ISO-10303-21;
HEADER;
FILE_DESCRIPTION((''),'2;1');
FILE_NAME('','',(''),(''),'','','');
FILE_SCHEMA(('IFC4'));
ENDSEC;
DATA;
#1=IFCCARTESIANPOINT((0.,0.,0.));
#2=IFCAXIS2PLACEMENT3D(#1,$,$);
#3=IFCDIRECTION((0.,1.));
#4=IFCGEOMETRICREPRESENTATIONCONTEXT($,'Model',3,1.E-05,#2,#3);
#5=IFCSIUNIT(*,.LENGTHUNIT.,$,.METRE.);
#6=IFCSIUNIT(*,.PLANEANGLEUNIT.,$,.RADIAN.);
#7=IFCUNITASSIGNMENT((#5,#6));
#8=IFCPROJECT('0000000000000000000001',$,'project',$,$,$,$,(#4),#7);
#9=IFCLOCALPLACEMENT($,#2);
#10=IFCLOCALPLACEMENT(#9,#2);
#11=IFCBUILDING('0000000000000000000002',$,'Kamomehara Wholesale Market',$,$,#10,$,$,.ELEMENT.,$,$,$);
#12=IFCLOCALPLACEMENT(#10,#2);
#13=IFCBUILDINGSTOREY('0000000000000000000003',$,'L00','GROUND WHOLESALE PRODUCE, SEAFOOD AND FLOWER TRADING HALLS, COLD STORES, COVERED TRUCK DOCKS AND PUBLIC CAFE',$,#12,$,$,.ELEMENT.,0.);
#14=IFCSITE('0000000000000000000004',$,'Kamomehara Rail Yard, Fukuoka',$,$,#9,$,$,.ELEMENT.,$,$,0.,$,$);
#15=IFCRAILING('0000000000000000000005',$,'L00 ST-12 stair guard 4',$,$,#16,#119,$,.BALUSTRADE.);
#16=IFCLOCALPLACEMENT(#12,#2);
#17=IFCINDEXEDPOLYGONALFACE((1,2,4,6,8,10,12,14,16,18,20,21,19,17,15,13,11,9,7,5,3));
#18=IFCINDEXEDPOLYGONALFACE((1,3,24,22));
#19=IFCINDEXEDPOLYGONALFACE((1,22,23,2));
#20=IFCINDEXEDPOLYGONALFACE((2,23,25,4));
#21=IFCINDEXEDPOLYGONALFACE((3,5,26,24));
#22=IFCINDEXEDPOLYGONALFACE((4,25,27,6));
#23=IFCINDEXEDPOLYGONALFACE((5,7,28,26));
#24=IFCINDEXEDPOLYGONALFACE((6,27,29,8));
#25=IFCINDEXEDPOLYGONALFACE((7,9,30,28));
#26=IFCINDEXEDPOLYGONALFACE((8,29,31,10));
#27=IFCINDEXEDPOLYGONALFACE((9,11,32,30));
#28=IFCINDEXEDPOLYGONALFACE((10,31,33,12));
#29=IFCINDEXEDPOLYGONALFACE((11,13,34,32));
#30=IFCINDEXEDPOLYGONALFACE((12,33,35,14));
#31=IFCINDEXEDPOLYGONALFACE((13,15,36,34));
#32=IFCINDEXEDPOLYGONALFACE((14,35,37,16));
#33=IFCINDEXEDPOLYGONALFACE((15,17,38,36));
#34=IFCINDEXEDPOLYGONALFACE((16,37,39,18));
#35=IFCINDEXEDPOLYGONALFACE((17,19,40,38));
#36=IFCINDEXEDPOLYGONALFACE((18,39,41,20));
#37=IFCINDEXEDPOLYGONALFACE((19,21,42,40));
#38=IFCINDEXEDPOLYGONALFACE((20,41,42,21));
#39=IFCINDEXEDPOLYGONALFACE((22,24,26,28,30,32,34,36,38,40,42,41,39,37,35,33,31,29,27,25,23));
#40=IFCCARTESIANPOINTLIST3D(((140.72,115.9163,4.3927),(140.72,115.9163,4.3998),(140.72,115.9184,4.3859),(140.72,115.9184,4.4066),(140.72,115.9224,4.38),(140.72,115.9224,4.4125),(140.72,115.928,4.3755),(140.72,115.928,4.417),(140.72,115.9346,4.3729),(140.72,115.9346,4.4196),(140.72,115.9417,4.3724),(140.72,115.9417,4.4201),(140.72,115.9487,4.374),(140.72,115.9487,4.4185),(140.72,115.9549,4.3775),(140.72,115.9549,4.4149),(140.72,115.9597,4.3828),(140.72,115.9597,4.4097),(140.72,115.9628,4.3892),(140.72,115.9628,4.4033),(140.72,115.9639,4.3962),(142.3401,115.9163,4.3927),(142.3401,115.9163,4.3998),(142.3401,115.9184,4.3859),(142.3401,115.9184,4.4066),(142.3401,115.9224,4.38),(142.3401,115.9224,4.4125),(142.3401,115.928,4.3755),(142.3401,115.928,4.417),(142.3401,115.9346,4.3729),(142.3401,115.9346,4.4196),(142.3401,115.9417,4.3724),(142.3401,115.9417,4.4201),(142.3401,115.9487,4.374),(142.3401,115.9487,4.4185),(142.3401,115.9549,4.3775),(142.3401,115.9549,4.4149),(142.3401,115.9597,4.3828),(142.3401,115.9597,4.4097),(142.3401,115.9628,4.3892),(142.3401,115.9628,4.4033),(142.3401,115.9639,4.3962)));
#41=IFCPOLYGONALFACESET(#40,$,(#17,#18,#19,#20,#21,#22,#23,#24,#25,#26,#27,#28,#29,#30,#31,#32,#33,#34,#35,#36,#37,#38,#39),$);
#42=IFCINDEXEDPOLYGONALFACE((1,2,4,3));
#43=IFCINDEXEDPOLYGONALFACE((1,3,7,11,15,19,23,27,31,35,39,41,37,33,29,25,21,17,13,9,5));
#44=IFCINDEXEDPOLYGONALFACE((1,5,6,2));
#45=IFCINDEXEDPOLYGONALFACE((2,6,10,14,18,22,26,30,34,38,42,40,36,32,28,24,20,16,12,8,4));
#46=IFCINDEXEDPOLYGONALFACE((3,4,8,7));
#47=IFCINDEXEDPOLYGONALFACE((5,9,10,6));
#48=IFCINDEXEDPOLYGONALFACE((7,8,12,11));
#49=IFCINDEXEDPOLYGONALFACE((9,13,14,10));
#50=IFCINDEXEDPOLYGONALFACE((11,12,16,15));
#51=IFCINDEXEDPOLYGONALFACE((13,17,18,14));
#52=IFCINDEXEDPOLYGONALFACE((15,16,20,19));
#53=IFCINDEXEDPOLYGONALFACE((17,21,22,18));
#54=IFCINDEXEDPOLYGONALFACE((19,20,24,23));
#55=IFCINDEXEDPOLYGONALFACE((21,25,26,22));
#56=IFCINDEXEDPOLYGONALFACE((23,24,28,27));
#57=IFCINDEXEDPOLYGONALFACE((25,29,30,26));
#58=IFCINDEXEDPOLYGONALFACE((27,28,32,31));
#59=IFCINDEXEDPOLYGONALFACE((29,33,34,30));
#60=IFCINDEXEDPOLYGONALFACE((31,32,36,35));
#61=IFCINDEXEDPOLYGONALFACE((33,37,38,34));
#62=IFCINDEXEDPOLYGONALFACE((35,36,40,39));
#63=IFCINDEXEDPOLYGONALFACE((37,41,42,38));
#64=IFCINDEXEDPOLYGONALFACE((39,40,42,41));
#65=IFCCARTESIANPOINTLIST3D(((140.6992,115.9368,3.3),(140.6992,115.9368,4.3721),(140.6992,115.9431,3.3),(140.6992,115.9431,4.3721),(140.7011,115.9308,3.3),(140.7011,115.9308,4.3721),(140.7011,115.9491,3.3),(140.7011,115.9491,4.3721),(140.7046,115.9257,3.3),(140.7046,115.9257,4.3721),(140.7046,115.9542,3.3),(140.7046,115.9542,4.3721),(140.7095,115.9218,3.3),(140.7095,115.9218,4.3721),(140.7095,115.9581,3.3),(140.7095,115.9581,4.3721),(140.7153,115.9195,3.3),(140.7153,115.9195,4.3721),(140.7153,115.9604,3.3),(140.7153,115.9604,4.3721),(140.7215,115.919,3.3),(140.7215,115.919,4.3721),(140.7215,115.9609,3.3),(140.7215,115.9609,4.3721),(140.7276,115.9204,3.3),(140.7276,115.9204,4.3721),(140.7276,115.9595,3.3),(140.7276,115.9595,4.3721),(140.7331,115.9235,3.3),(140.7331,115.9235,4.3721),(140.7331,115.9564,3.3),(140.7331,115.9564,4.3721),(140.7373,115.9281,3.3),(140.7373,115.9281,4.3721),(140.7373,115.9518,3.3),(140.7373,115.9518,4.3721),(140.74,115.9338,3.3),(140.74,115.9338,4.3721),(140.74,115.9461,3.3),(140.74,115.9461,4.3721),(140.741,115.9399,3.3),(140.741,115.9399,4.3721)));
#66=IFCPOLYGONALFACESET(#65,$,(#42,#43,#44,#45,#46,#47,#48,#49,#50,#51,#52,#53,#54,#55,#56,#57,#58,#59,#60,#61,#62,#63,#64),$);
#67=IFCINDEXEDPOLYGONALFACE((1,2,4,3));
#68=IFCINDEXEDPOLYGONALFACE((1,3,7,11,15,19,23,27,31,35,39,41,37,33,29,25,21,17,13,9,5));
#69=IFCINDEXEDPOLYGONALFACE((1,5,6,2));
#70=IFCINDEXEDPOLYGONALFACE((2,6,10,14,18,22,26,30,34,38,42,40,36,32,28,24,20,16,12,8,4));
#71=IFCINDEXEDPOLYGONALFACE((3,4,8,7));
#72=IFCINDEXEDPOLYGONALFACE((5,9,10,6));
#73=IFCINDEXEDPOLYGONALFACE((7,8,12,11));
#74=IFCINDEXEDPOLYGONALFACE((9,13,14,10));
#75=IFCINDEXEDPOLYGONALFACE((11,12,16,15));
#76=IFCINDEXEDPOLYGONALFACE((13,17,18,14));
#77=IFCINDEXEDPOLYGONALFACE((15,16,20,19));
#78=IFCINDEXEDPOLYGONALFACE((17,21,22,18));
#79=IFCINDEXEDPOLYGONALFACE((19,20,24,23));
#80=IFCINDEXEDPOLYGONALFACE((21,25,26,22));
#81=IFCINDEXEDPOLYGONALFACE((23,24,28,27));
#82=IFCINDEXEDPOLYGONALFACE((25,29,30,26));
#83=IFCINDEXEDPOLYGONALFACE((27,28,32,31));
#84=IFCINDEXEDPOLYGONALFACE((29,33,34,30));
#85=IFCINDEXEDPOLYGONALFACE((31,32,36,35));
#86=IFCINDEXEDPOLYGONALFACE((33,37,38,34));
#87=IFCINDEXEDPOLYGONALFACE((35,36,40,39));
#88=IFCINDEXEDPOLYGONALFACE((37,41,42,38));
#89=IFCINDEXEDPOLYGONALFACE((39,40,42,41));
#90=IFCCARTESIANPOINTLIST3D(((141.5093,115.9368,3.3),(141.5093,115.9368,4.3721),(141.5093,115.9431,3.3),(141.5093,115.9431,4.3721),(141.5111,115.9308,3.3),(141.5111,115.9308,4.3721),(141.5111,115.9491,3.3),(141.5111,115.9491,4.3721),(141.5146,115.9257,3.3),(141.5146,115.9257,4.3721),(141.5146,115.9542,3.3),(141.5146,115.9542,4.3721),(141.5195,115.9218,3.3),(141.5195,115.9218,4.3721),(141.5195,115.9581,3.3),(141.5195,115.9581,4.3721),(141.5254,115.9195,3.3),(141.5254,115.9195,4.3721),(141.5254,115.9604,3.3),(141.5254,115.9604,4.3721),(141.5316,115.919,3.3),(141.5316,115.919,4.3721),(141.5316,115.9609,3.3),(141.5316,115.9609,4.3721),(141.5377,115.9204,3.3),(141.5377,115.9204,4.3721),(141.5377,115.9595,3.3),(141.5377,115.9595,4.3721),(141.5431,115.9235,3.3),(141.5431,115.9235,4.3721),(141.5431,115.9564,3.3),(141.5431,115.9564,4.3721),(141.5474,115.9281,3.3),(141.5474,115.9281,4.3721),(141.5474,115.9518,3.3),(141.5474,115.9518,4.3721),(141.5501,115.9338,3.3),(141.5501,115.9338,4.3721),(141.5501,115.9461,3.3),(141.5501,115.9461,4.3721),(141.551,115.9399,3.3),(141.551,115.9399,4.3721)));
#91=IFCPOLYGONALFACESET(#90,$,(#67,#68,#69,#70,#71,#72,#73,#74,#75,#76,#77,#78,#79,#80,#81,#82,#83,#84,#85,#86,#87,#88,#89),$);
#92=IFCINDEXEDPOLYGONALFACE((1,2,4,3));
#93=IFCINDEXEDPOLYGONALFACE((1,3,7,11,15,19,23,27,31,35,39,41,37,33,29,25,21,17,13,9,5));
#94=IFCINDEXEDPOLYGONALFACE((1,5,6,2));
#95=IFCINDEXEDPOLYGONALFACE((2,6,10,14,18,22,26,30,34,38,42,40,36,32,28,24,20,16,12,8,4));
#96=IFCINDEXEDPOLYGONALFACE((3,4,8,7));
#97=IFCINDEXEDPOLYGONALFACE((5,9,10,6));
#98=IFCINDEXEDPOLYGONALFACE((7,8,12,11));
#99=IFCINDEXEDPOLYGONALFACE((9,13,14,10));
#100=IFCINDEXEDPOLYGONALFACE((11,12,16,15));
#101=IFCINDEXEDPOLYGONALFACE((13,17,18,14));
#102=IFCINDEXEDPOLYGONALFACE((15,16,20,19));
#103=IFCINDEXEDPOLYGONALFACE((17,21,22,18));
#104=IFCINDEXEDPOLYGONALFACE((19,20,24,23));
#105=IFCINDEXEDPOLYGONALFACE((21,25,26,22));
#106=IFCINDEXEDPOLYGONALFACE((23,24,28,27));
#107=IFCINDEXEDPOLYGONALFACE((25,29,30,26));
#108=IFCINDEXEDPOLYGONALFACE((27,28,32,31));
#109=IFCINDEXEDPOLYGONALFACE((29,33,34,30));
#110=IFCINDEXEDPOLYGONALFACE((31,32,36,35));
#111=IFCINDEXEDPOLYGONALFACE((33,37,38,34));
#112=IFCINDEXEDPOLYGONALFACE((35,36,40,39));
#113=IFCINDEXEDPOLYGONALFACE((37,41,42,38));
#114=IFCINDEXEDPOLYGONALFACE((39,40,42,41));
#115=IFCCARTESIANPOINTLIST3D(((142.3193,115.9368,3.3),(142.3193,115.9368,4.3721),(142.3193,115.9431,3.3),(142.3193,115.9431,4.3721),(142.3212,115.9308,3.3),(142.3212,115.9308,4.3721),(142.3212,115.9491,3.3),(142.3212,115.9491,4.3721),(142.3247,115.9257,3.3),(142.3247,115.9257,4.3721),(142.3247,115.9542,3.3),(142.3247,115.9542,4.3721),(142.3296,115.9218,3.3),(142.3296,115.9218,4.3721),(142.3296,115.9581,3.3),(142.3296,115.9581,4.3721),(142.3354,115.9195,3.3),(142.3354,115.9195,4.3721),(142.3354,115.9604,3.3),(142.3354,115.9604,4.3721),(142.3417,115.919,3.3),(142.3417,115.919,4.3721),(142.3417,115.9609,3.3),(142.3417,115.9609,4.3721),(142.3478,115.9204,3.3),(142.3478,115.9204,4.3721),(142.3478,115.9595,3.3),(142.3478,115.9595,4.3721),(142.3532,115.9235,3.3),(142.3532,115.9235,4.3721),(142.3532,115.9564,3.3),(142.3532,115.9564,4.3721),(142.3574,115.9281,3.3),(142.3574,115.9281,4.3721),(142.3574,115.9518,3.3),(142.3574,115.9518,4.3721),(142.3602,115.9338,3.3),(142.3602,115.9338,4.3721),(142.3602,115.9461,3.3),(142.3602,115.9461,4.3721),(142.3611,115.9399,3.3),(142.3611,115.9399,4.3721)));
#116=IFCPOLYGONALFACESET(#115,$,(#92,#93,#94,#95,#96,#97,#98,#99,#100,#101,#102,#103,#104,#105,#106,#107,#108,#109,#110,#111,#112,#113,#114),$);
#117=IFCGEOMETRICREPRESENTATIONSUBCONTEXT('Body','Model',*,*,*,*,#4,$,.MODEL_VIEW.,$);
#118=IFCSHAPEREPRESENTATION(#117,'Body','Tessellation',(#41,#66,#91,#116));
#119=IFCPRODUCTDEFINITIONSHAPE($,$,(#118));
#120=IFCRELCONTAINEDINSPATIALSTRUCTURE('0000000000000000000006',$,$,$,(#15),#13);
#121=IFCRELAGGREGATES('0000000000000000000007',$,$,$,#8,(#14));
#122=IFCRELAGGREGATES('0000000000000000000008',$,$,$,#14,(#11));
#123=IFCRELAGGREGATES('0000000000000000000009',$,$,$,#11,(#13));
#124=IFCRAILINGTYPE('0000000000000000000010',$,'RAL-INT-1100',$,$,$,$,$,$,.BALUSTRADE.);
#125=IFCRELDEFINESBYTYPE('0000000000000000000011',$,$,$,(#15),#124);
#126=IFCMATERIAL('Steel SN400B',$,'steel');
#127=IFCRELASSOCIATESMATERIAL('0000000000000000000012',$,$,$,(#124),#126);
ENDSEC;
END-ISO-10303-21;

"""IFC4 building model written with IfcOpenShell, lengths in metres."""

from ifc_helpers import new_model, si_unit, direction, frame, origin, origin_2d, place, context, subcontext, project, spatial, circle, extrude, material, type_object, element, save


model = new_model("IFC4")

# Units and contexts
model_context = context("Model", 3, precision=1e-05, world=origin(), true_north=direction((0.0, 1.0)))
body_context = subcontext(model_context, "Body", "Model", "MODEL_VIEW")
ifc_project = project(units=[si_unit("LENGTHUNIT", "METRE"), si_unit("PLANEANGLEUNIT", "RADIAN")], contexts=[model_context])

# Site, building, storey
site_placement = place(None, origin())
site = spatial("IfcSite", under=ifc_project, at=site_placement, Name="Kamomehara Rail Yard, Fukuoka", CompositionType="ELEMENT", RefElevation=0.0)
building_placement = place(site_placement, origin())
building = spatial("IfcBuilding", under=site, at=building_placement, Name="Kamomehara Wholesale Market", CompositionType="ELEMENT")
storey_placement = place(building_placement, origin())
storey = spatial("IfcBuildingStorey", under=building, at=storey_placement, Name="L00", Description="GROUND WHOLESALE PRODUCE, SEAFOOD AND FLOWER TRADING HALLS, COLD STORES, COVERED TRUCK DOCKS AND PUBLIC CAFE", CompositionType="ELEMENT", Elevation=0.0)

# Railing
ifc_material_1 = material(Name="Steel SN400B", Category="steel")
railing_type_1 = type_object("IfcRailingType", Name="RAL-INT-1100", PredefinedType="BALUSTRADE", material=ifc_material_1)
railing_1_placement = place(storey_placement, frame((140.72, 115.9399, 3.3)))
element("IfcRailing", 1, at=railing_1_placement, inside=storey, type_object=railing_type_1, Name="L00 ST-12 stair guard 4", PredefinedType="BALUSTRADE", context=body_context, shape_type="SweptSolid", body=[
    extrude(circle(Radius=0.0239, at=origin_2d()), frame((0.0, 0.0, 1.0962), z_axis=(1.0, 0.0, 0.0), x_axis=(0.0, 1.0, 0.0)), (0.0, 0.0, 1.0), 1.6201),
    extrude(circle(Radius=0.021, at=origin_2d()), origin(), (0.0, 0.0, 1.0), 1.072),
    extrude(circle(Radius=0.021, at=origin_2d()), frame((0.8101, 0.0, 0.0)), (0.0, 0.0, 1.0), 1.072),
    extrude(circle(Radius=0.021, at=origin_2d()), frame((1.6201, 0.0, 0.0)), (0.0, 0.0, 1.0), 1.072),
])

save(model, "model.ifc")
